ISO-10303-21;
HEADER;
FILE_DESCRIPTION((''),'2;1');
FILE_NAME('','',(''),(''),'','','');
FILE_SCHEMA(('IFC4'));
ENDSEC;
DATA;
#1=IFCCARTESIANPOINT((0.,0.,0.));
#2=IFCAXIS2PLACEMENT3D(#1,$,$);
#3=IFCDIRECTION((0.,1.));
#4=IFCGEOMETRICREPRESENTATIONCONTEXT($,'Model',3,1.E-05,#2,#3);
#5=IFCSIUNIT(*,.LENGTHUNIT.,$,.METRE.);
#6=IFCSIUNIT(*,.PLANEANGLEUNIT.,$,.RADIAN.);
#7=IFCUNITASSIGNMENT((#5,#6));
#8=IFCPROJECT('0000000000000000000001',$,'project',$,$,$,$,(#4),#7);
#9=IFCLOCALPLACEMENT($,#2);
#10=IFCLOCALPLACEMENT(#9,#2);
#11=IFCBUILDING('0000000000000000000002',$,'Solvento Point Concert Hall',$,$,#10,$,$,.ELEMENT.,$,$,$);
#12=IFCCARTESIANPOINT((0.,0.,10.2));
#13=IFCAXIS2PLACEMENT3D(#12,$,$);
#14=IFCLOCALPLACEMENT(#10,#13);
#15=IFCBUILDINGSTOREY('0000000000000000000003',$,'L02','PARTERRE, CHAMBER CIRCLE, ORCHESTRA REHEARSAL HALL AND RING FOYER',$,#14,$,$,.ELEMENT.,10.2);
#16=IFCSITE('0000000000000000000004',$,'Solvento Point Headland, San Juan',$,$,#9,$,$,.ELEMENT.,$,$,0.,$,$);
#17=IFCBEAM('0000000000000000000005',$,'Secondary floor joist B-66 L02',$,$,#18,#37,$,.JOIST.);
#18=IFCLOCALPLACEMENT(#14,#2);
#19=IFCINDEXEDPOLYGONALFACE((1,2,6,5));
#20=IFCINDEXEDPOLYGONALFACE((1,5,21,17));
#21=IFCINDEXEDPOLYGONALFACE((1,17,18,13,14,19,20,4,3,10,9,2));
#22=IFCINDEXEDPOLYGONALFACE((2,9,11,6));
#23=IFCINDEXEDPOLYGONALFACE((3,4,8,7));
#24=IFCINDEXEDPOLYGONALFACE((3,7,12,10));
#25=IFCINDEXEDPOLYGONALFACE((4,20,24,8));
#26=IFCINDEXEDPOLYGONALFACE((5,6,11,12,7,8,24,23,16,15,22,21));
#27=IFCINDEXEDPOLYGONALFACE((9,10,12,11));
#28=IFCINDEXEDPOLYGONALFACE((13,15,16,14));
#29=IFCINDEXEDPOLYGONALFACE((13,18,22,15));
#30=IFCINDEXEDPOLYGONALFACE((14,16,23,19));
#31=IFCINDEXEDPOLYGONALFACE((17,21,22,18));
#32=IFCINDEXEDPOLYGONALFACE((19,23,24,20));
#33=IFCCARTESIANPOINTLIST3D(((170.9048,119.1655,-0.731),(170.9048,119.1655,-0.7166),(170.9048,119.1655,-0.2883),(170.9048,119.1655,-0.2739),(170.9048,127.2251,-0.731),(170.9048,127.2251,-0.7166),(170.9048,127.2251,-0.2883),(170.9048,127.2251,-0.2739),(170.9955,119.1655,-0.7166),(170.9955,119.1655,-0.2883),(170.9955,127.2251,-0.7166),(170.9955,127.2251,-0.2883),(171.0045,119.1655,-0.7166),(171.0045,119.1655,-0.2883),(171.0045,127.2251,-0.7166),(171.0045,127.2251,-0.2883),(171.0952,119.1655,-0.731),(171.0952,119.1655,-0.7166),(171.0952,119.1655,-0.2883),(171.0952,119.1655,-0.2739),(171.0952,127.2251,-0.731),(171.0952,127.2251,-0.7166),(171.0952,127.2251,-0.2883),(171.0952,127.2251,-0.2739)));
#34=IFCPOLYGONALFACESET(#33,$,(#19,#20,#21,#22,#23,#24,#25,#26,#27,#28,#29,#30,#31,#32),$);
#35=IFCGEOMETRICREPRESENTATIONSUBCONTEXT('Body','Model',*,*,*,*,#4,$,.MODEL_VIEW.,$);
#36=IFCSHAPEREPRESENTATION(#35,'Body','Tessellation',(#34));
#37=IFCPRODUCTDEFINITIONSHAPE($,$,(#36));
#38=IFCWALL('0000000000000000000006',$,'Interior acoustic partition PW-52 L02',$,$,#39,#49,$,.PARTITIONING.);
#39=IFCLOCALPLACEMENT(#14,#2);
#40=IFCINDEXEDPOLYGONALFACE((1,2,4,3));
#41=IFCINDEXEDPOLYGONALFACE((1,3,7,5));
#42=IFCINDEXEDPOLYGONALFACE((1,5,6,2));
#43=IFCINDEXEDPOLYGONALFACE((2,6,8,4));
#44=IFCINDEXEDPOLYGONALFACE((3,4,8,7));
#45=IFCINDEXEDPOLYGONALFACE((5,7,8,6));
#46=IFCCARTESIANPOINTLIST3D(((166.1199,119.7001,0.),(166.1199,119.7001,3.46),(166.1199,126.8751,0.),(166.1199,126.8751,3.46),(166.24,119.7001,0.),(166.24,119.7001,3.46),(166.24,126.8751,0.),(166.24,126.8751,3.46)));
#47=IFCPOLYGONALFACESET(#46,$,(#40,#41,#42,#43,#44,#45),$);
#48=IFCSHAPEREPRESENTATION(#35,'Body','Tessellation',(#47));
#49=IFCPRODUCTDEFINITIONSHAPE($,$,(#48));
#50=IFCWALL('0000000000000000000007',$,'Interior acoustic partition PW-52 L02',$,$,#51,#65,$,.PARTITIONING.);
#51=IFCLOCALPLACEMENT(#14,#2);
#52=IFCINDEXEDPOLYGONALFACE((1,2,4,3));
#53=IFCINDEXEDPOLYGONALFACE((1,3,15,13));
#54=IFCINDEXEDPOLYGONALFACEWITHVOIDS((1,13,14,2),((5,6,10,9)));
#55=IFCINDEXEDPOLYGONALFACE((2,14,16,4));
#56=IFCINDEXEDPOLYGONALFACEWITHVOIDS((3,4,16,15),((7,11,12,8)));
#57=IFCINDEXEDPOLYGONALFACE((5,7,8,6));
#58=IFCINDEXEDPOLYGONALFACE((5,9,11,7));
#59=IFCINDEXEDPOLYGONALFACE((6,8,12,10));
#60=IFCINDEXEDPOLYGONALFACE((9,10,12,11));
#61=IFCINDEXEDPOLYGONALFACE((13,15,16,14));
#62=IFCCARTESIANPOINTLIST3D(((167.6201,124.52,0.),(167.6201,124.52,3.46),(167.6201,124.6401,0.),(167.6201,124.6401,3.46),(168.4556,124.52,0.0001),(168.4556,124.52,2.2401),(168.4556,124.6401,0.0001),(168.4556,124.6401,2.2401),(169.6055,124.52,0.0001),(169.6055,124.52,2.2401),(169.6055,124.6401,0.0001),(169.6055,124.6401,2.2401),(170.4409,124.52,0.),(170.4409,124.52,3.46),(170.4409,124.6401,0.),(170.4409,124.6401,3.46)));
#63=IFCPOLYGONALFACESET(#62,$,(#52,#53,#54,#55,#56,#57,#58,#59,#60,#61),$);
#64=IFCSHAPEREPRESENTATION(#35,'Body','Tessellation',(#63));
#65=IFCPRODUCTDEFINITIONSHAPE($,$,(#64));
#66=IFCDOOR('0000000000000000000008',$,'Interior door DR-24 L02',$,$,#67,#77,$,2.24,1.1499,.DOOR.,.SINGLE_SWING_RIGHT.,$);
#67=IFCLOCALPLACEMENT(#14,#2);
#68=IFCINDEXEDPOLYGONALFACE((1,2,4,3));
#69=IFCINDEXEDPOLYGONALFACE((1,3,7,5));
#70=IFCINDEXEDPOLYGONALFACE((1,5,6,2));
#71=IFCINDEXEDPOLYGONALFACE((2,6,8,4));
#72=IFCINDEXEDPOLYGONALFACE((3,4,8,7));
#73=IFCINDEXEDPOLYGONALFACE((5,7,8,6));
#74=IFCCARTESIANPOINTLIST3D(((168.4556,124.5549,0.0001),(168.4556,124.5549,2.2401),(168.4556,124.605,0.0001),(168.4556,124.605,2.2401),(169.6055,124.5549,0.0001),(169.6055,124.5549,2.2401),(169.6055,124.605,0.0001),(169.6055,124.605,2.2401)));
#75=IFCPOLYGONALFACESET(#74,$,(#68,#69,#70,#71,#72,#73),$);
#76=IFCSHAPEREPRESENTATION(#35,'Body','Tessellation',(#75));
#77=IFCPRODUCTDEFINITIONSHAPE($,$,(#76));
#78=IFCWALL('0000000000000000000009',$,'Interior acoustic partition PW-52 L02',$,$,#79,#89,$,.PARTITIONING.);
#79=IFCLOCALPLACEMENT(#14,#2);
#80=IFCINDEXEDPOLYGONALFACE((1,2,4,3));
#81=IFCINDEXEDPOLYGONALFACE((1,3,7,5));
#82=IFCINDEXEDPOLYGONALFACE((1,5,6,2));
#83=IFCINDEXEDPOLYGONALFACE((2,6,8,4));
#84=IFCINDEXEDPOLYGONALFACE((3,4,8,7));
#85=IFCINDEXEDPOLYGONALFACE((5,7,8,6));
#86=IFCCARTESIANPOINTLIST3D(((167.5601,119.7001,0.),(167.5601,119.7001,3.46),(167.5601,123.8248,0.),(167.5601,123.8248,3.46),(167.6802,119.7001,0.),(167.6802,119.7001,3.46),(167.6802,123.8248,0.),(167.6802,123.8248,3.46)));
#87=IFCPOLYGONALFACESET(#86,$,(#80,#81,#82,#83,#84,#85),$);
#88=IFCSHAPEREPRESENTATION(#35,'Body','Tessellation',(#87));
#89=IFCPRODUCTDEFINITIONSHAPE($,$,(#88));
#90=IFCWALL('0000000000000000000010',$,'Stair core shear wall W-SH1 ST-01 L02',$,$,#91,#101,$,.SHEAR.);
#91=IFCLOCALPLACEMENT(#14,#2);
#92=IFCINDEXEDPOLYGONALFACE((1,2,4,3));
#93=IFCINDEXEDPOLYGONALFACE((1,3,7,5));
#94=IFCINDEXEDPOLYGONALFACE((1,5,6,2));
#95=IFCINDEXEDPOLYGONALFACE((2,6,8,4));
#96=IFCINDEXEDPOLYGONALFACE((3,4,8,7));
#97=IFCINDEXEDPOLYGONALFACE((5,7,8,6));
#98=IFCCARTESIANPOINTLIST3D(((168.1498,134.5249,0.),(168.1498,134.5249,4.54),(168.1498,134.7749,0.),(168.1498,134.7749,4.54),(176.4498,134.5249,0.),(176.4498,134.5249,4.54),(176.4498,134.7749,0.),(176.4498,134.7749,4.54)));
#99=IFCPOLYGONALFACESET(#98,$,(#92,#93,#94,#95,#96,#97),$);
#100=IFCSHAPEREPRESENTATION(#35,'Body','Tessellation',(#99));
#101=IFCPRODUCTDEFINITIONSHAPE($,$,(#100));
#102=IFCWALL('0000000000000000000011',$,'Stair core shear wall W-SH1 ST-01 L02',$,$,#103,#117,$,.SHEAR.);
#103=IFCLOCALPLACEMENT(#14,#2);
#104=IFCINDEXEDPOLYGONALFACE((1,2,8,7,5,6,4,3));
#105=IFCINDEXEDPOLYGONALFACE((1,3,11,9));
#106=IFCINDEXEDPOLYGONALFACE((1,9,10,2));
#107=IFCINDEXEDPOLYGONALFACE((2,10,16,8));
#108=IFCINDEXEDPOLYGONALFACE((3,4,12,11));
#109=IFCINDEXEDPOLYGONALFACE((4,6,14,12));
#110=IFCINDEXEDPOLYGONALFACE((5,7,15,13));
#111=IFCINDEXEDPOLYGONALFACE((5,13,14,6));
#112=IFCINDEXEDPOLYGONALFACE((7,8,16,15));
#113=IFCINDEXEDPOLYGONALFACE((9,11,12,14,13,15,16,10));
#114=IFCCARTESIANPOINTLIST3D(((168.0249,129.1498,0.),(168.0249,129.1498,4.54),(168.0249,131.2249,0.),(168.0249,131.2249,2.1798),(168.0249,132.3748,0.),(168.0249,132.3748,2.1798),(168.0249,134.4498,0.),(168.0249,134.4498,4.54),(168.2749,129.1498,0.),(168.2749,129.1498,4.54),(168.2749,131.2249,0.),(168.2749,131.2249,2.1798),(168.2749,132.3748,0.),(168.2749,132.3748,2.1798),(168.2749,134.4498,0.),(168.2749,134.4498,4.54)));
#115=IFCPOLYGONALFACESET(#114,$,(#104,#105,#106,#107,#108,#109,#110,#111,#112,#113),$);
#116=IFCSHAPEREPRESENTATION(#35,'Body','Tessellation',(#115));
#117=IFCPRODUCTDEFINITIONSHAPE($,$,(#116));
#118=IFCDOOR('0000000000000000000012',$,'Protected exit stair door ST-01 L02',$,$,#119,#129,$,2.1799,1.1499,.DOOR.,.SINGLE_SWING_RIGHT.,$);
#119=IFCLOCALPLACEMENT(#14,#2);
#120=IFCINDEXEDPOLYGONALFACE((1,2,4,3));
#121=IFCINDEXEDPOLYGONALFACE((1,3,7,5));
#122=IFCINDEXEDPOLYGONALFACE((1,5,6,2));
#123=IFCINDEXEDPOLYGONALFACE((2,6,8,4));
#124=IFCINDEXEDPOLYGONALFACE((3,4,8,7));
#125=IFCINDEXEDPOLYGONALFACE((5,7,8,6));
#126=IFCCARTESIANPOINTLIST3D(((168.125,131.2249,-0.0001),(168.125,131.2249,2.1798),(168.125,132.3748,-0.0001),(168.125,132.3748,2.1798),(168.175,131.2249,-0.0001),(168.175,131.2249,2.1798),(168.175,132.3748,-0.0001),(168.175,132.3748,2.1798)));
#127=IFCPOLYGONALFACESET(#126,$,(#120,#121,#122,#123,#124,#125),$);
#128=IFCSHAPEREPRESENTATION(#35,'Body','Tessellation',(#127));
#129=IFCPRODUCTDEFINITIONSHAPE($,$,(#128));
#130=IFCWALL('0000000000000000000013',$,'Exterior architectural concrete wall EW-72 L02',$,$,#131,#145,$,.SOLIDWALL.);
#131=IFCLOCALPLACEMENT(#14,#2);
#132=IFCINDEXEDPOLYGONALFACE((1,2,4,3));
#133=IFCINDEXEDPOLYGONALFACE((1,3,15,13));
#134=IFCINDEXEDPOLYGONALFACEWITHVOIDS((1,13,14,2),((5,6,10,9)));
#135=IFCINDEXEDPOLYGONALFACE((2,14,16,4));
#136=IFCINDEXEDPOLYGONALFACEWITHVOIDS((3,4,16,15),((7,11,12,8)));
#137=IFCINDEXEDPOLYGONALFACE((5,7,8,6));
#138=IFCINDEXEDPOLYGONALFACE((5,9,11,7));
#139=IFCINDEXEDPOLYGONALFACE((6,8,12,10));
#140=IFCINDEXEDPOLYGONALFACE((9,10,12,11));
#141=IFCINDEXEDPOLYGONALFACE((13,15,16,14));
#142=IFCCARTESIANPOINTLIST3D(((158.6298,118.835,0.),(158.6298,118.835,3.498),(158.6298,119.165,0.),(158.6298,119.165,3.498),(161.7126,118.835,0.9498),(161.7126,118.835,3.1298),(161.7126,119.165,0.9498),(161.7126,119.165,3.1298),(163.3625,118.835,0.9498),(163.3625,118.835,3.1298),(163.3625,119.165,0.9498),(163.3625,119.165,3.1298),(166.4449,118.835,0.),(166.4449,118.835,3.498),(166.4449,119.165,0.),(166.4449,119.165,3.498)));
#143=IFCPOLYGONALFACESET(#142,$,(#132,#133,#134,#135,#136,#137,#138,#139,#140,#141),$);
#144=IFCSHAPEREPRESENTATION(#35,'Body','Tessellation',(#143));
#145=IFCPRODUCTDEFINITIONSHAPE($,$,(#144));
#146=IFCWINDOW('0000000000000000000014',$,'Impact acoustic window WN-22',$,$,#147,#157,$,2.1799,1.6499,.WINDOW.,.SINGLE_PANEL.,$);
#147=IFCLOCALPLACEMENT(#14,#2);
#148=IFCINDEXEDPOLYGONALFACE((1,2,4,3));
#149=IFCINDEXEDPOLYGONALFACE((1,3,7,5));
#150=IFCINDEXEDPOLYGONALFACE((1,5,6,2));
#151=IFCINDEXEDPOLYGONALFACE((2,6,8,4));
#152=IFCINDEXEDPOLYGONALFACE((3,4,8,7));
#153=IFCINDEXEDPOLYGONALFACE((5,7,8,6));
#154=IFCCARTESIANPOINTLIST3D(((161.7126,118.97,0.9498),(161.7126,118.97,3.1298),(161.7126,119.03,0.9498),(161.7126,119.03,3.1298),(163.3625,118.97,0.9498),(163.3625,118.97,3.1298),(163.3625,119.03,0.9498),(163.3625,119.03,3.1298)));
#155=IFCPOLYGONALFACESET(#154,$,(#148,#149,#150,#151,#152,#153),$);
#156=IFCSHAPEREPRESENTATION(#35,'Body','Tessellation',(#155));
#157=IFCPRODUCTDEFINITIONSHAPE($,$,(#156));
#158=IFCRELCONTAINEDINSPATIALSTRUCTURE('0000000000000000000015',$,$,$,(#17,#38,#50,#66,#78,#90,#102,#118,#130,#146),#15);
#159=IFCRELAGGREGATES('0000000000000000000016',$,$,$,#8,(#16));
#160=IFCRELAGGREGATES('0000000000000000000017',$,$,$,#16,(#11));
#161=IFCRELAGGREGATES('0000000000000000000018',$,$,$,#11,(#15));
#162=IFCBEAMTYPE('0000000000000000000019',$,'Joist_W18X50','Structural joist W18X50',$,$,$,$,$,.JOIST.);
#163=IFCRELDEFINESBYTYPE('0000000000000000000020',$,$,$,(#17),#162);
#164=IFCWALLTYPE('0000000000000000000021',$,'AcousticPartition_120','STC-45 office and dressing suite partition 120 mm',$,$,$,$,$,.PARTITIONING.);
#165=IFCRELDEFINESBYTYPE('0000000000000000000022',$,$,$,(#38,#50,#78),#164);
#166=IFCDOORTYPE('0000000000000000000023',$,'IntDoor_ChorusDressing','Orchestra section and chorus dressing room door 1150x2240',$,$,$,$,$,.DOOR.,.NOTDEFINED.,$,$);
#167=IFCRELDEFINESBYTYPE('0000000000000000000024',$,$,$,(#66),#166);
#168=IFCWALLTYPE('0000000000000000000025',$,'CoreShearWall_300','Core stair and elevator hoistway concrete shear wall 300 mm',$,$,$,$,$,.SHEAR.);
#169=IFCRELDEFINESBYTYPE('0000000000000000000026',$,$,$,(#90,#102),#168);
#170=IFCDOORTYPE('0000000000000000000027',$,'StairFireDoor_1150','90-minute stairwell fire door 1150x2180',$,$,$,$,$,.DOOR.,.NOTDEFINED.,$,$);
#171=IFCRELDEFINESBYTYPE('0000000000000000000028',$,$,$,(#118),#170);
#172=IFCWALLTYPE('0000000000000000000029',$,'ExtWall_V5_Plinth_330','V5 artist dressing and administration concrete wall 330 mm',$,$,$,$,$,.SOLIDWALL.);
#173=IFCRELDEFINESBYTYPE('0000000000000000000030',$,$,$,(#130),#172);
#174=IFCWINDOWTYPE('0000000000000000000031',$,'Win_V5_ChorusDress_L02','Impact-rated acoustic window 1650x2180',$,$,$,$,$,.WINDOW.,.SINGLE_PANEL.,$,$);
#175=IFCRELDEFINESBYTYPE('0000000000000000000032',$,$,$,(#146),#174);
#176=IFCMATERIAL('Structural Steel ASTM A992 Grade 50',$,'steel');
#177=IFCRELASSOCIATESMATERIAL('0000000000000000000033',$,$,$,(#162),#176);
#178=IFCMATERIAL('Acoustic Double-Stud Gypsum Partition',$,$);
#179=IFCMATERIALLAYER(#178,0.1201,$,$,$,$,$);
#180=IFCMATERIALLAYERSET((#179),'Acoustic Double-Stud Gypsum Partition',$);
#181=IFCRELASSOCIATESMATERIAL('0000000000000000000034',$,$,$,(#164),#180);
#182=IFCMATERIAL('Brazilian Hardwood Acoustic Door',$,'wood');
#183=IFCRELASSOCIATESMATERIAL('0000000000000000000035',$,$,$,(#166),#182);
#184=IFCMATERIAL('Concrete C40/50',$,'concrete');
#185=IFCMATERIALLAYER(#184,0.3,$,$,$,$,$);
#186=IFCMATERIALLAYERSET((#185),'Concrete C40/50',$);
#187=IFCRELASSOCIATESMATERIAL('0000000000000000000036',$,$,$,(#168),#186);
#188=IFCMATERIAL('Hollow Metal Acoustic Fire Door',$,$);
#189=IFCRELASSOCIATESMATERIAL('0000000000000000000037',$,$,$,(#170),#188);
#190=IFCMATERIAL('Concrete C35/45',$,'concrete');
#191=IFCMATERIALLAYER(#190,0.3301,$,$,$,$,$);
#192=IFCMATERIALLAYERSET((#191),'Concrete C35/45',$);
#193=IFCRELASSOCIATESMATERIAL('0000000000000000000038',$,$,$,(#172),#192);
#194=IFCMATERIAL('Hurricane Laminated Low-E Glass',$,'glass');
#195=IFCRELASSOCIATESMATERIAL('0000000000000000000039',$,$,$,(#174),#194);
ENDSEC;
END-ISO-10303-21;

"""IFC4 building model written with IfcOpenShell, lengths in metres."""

from ifc_helpers import new_model, si_unit, direction, frame, frame_2d, origin, origin_2d, place, context, subcontext, project, spatial, rectangle, i_section, extrude, material, layer, layer_set, material_profile, profile_set, type_object, element, fill, save


model = new_model("IFC4")

# Units and contexts
model_context = context("Model", 3, precision=1e-05, world=origin(), true_north=direction((0.0, 1.0)))
body_context = subcontext(model_context, "Body", "Model", "MODEL_VIEW")
ifc_project = project(units=[si_unit("LENGTHUNIT", "METRE"), si_unit("PLANEANGLEUNIT", "RADIAN")], contexts=[model_context])

# Site, building, storey
site_placement = place(None, origin())
site = spatial("IfcSite", under=ifc_project, at=site_placement, Name="Solvento Point Headland, San Juan", CompositionType="ELEMENT", RefElevation=0.0)
building_placement = place(site_placement, origin())
building = spatial("IfcBuilding", under=site, at=building_placement, Name="Solvento Point Concert Hall", CompositionType="ELEMENT")
storey_placement = place(building_placement, frame((0.0, 0.0, 10.2)))
storey = spatial("IfcBuildingStorey", under=building, at=storey_placement, Name="L02", Description="PARTERRE, CHAMBER CIRCLE, ORCHESTRA REHEARSAL HALL AND RING FOYER", CompositionType="ELEMENT", Elevation=10.2)

# Beam
ifc_material_1 = material(Name="Structural Steel ASTM A992 Grade 50", Category="steel")
ifc_material_profile_1 = material_profile(ifc_material_1, i_section(OverallWidth=0.1904, OverallDepth=0.457, WebThickness=0.009, FlangeThickness=0.0144, at=origin_2d()), Name="W18X50")
ifc_profile_set_1 = profile_set([ifc_material_profile_1], Name="Structural Steel ASTM A992 Grade 50")
beam_type_1 = type_object("IfcBeamType", Name="Joist_W18X50", Description="Structural joist W18X50", PredefinedType="JOIST", material=ifc_profile_set_1)
for number, where, z_axis, x_axis, name in (
    (1, (171.0, 119.1655, -0.5024), (0.0, 1.0, 0.0), (-1.0, 0.0, 0.0), "Secondary floor joist B-66 L02"),
):
    element("IfcBeam", number, at=place(storey_placement, frame(where, z_axis=z_axis, x_axis=x_axis)), inside=storey, type_object=beam_type_1, Name=name, PredefinedType="JOIST", context=body_context, shape_type="SweptSolid", body=[
        extrude(i_section(OverallWidth=0.1904, OverallDepth=0.457, WebThickness=0.009, FlangeThickness=0.0144, at=origin_2d()), origin(), (0.0, 0.0, 1.0), 8.0596),
    ])

# Wall
ifc_material_2 = material(Name="Acoustic Double-Stud Gypsum Partition")
ifc_layer_1 = layer(ifc_material_2, 0.1201)
ifc_layer_set_1 = layer_set([ifc_layer_1], Name="Acoustic Double-Stud Gypsum Partition")
wall_type_1 = type_object("IfcWallType", Name="AcousticPartition_120", Description="STC-45 office and dressing suite partition 120 mm", PredefinedType="PARTITIONING", material=ifc_layer_set_1)
wall_1_placement = place(storey_placement, frame((166.1799, 126.875, 0.0), z_axis=(0.0, 0.0, 1.0), x_axis=(0.0, -1.0, 0.0)))
element("IfcWall", 2, at=wall_1_placement, inside=storey, type_object=wall_type_1, Name="Interior acoustic partition PW-52 L02", PredefinedType="PARTITIONING", context=body_context, shape_type="SweptSolid", body=[
    extrude(rectangle(XDim=7.175, YDim=0.1201, at=frame_2d((3.5874, 0.0))), origin(), (0.0, 0.0, 1.0), 3.46),
])

# Wall, opening, door
wall_2_placement = place(storey_placement, frame((167.6201, 124.5801, 0.0), z_axis=(0.0, 0.0, 1.0), x_axis=(1.0, 0.0, 0.0)))
wall_2 = element("IfcWall", 3, at=wall_2_placement, inside=storey, type_object=wall_type_1, Name="Interior acoustic partition PW-52 L02", PredefinedType="PARTITIONING", context=body_context, shape_type="SweptSolid", body=[
    extrude(rectangle(XDim=2.8208, YDim=0.1201, at=frame_2d((1.4104, 0.0))), origin(), (0.0, 0.0, 1.0), 3.46),
])
opening_1_placement = place(wall_2_placement, frame((0.8354, 0.0, 0.0)))
opening_1 = element("IfcOpeningElement", 4, at=opening_1_placement, cuts=wall_2, PredefinedType="OPENING", context=body_context, shape_type="SweptSolid", body=[
    extrude(rectangle(XDim=1.1499, YDim=2.24, at=frame_2d((0.575, 1.1201))), frame((0.0, 0.0701, 0.0), z_axis=(0.0, -1.0, 0.0), x_axis=(1.0, 0.0, 0.0)), (0.0, 0.0, 1.0), 0.1401),
])
ifc_material_3 = material(Name="Brazilian Hardwood Acoustic Door", Category="wood")
door_type_1 = type_object("IfcDoorType", Name="IntDoor_ChorusDressing", Description="Orchestra section and chorus dressing room door 1150x2240", OperationType="NOTDEFINED", PredefinedType="DOOR", material=ifc_material_3)
door_1_placement = place(opening_1_placement, origin())
door_1 = element("IfcDoor", 5, at=door_1_placement, inside=storey, type_object=door_type_1, Name="Interior door DR-24 L02", OperationType="SINGLE_SWING_RIGHT", OverallHeight=2.24, OverallWidth=1.1499, PredefinedType="DOOR", context=body_context, shape_type="SweptSolid", body=[
    extrude(rectangle(XDim=1.1499, YDim=2.24, at=frame_2d((0.575, 1.1201))), frame((0.0, 0.0249, 0.0), z_axis=(0.0, -1.0, 0.0), x_axis=(1.0, 0.0, 0.0)), (0.0, 0.0, 1.0), 0.05),
])
fill(opening_1, door_1)

# Walls
wall_3_placement = place(storey_placement, frame((167.6201, 119.7, 0.0), z_axis=(0.0, 0.0, 1.0), x_axis=(0.0, 1.0, 0.0)))
element("IfcWall", 6, at=wall_3_placement, inside=storey, type_object=wall_type_1, Name="Interior acoustic partition PW-52 L02", PredefinedType="PARTITIONING", context=body_context, shape_type="SweptSolid", body=[
    extrude(rectangle(XDim=4.1248, YDim=0.1201, at=frame_2d((2.0625, 0.0))), origin(), (0.0, 0.0, 1.0), 3.46),
])
ifc_material_4 = material(Name="Concrete C40/50", Category="concrete")
ifc_layer_2 = layer(ifc_material_4, 0.3)
ifc_layer_set_2 = layer_set([ifc_layer_2], Name="Concrete C40/50")
wall_type_2 = type_object("IfcWallType", Name="CoreShearWall_300", Description="Core stair and elevator hoistway concrete shear wall 300 mm", PredefinedType="SHEAR", material=ifc_layer_set_2)
wall_4_placement = place(storey_placement, frame((168.1499, 134.6499, 0.0), z_axis=(0.0, 0.0, 1.0), x_axis=(1.0, 0.0, 0.0)))
element("IfcWall", 7, at=wall_4_placement, inside=storey, type_object=wall_type_2, Name="Stair core shear wall W-SH1 ST-01 L02", PredefinedType="SHEAR", context=body_context, shape_type="SweptSolid", body=[
    extrude(rectangle(XDim=8.3, YDim=0.25, at=frame_2d((4.1499, 0.0))), origin(), (0.0, 0.0, 1.0), 4.54),
])

# Wall, opening, door
wall_5_placement = place(storey_placement, frame((168.1499, 129.1499, 0.0), z_axis=(0.0, 0.0, 1.0), x_axis=(0.0, 1.0, 0.0)))
wall_5 = element("IfcWall", 8, at=wall_5_placement, inside=storey, type_object=wall_type_2, Name="Stair core shear wall W-SH1 ST-01 L02", PredefinedType="SHEAR", context=body_context, shape_type="SweptSolid", body=[
    extrude(rectangle(XDim=5.3, YDim=0.25, at=frame_2d((2.6499, 0.0))), origin(), (0.0, 0.0, 1.0), 4.54),
])
opening_2_placement = place(wall_5_placement, frame((2.075, 0.0, 0.0)))
opening_2 = element("IfcOpeningElement", 9, at=opening_2_placement, cuts=wall_5, PredefinedType="OPENING", context=body_context, shape_type="SweptSolid", body=[
    extrude(rectangle(XDim=1.1499, YDim=2.1799, at=frame_2d((0.575, 1.0898))), frame((0.0, 0.135, 0.0), z_axis=(0.0, -1.0, 0.0), x_axis=(1.0, 0.0, 0.0)), (0.0, 0.0, 1.0), 0.27),
])
ifc_material_5 = material(Name="Hollow Metal Acoustic Fire Door")
door_type_2 = type_object("IfcDoorType", Name="StairFireDoor_1150", Description="90-minute stairwell fire door 1150x2180", OperationType="NOTDEFINED", PredefinedType="DOOR", material=ifc_material_5)
door_2_placement = place(opening_2_placement, origin())
door_2 = element("IfcDoor", 10, at=door_2_placement, inside=storey, type_object=door_type_2, Name="Protected exit stair door ST-01 L02", OperationType="SINGLE_SWING_RIGHT", OverallHeight=2.1799, OverallWidth=1.1499, PredefinedType="DOOR", context=body_context, shape_type="SweptSolid", body=[
    extrude(rectangle(XDim=1.1499, YDim=2.1799, at=frame_2d((0.575, 1.0898))), frame((0.0, 0.0249, 0.0), z_axis=(0.0, -1.0, 0.0), x_axis=(1.0, 0.0, 0.0)), (0.0, 0.0, 1.0), 0.05),
])
fill(opening_2, door_2)

# Wall, opening, window
ifc_material_6 = material(Name="Concrete C35/45", Category="concrete")
ifc_layer_3 = layer(ifc_material_6, 0.3301)
ifc_layer_set_3 = layer_set([ifc_layer_3], Name="Concrete C35/45")
wall_type_3 = type_object("IfcWallType", Name="ExtWall_V5_Plinth_330", Description="V5 artist dressing and administration concrete wall 330 mm", PredefinedType="SOLIDWALL", material=ifc_layer_set_3)
wall_6_placement = place(storey_placement, frame((166.4451, 119.0, 0.0), z_axis=(0.0, 0.0, 1.0), x_axis=(-1.0, 0.0, 0.0)))
wall_6 = element("IfcWall", 11, at=wall_6_placement, inside=storey, type_object=wall_type_3, Name="Exterior architectural concrete wall EW-72 L02", PredefinedType="SOLIDWALL", context=body_context, shape_type="SweptSolid", body=[
    extrude(rectangle(XDim=7.8152, YDim=0.3301, at=frame_2d((3.9077, 0.0))), origin(), (0.0, 0.0, 1.0), 3.498),
])
opening_3_placement = place(wall_6_placement, frame((3.0825, 0.0, 0.95)))
opening_3 = element("IfcOpeningElement", 12, at=opening_3_placement, cuts=wall_6, PredefinedType="OPENING", context=body_context, shape_type="SweptSolid", body=[
    extrude(rectangle(XDim=1.6499, YDim=2.1799, at=frame_2d((0.825, 1.0898))), frame((0.0, 0.175, 0.0), z_axis=(0.0, -1.0, 0.0), x_axis=(1.0, 0.0, 0.0)), (0.0, 0.0, 1.0), 0.3501),
])
ifc_material_7 = material(Name="Hurricane Laminated Low-E Glass", Category="glass")
window_type = type_object("IfcWindowType", Name="Win_V5_ChorusDress_L02", Description="Impact-rated acoustic window 1650x2180", PartitioningType="SINGLE_PANEL", PredefinedType="WINDOW", material=ifc_material_7)
window_1_placement = place(opening_3_placement, origin())
window_1 = element("IfcWindow", 13, at=window_1_placement, inside=storey, type_object=window_type, Name="Impact acoustic window WN-22", OverallHeight=2.1799, OverallWidth=1.6499, PartitioningType="SINGLE_PANEL", PredefinedType="WINDOW", context=body_context, shape_type="SweptSolid", body=[
    extrude(rectangle(XDim=1.6499, YDim=2.1799, at=frame_2d((0.825, 1.0898))), frame((0.0, 0.03, 0.0), z_axis=(0.0, -1.0, 0.0), x_axis=(1.0, 0.0, 0.0)), (0.0, 0.0, 1.0), 0.0601),
])
fill(opening_3, window_1)

save(model, "model.ifc")
